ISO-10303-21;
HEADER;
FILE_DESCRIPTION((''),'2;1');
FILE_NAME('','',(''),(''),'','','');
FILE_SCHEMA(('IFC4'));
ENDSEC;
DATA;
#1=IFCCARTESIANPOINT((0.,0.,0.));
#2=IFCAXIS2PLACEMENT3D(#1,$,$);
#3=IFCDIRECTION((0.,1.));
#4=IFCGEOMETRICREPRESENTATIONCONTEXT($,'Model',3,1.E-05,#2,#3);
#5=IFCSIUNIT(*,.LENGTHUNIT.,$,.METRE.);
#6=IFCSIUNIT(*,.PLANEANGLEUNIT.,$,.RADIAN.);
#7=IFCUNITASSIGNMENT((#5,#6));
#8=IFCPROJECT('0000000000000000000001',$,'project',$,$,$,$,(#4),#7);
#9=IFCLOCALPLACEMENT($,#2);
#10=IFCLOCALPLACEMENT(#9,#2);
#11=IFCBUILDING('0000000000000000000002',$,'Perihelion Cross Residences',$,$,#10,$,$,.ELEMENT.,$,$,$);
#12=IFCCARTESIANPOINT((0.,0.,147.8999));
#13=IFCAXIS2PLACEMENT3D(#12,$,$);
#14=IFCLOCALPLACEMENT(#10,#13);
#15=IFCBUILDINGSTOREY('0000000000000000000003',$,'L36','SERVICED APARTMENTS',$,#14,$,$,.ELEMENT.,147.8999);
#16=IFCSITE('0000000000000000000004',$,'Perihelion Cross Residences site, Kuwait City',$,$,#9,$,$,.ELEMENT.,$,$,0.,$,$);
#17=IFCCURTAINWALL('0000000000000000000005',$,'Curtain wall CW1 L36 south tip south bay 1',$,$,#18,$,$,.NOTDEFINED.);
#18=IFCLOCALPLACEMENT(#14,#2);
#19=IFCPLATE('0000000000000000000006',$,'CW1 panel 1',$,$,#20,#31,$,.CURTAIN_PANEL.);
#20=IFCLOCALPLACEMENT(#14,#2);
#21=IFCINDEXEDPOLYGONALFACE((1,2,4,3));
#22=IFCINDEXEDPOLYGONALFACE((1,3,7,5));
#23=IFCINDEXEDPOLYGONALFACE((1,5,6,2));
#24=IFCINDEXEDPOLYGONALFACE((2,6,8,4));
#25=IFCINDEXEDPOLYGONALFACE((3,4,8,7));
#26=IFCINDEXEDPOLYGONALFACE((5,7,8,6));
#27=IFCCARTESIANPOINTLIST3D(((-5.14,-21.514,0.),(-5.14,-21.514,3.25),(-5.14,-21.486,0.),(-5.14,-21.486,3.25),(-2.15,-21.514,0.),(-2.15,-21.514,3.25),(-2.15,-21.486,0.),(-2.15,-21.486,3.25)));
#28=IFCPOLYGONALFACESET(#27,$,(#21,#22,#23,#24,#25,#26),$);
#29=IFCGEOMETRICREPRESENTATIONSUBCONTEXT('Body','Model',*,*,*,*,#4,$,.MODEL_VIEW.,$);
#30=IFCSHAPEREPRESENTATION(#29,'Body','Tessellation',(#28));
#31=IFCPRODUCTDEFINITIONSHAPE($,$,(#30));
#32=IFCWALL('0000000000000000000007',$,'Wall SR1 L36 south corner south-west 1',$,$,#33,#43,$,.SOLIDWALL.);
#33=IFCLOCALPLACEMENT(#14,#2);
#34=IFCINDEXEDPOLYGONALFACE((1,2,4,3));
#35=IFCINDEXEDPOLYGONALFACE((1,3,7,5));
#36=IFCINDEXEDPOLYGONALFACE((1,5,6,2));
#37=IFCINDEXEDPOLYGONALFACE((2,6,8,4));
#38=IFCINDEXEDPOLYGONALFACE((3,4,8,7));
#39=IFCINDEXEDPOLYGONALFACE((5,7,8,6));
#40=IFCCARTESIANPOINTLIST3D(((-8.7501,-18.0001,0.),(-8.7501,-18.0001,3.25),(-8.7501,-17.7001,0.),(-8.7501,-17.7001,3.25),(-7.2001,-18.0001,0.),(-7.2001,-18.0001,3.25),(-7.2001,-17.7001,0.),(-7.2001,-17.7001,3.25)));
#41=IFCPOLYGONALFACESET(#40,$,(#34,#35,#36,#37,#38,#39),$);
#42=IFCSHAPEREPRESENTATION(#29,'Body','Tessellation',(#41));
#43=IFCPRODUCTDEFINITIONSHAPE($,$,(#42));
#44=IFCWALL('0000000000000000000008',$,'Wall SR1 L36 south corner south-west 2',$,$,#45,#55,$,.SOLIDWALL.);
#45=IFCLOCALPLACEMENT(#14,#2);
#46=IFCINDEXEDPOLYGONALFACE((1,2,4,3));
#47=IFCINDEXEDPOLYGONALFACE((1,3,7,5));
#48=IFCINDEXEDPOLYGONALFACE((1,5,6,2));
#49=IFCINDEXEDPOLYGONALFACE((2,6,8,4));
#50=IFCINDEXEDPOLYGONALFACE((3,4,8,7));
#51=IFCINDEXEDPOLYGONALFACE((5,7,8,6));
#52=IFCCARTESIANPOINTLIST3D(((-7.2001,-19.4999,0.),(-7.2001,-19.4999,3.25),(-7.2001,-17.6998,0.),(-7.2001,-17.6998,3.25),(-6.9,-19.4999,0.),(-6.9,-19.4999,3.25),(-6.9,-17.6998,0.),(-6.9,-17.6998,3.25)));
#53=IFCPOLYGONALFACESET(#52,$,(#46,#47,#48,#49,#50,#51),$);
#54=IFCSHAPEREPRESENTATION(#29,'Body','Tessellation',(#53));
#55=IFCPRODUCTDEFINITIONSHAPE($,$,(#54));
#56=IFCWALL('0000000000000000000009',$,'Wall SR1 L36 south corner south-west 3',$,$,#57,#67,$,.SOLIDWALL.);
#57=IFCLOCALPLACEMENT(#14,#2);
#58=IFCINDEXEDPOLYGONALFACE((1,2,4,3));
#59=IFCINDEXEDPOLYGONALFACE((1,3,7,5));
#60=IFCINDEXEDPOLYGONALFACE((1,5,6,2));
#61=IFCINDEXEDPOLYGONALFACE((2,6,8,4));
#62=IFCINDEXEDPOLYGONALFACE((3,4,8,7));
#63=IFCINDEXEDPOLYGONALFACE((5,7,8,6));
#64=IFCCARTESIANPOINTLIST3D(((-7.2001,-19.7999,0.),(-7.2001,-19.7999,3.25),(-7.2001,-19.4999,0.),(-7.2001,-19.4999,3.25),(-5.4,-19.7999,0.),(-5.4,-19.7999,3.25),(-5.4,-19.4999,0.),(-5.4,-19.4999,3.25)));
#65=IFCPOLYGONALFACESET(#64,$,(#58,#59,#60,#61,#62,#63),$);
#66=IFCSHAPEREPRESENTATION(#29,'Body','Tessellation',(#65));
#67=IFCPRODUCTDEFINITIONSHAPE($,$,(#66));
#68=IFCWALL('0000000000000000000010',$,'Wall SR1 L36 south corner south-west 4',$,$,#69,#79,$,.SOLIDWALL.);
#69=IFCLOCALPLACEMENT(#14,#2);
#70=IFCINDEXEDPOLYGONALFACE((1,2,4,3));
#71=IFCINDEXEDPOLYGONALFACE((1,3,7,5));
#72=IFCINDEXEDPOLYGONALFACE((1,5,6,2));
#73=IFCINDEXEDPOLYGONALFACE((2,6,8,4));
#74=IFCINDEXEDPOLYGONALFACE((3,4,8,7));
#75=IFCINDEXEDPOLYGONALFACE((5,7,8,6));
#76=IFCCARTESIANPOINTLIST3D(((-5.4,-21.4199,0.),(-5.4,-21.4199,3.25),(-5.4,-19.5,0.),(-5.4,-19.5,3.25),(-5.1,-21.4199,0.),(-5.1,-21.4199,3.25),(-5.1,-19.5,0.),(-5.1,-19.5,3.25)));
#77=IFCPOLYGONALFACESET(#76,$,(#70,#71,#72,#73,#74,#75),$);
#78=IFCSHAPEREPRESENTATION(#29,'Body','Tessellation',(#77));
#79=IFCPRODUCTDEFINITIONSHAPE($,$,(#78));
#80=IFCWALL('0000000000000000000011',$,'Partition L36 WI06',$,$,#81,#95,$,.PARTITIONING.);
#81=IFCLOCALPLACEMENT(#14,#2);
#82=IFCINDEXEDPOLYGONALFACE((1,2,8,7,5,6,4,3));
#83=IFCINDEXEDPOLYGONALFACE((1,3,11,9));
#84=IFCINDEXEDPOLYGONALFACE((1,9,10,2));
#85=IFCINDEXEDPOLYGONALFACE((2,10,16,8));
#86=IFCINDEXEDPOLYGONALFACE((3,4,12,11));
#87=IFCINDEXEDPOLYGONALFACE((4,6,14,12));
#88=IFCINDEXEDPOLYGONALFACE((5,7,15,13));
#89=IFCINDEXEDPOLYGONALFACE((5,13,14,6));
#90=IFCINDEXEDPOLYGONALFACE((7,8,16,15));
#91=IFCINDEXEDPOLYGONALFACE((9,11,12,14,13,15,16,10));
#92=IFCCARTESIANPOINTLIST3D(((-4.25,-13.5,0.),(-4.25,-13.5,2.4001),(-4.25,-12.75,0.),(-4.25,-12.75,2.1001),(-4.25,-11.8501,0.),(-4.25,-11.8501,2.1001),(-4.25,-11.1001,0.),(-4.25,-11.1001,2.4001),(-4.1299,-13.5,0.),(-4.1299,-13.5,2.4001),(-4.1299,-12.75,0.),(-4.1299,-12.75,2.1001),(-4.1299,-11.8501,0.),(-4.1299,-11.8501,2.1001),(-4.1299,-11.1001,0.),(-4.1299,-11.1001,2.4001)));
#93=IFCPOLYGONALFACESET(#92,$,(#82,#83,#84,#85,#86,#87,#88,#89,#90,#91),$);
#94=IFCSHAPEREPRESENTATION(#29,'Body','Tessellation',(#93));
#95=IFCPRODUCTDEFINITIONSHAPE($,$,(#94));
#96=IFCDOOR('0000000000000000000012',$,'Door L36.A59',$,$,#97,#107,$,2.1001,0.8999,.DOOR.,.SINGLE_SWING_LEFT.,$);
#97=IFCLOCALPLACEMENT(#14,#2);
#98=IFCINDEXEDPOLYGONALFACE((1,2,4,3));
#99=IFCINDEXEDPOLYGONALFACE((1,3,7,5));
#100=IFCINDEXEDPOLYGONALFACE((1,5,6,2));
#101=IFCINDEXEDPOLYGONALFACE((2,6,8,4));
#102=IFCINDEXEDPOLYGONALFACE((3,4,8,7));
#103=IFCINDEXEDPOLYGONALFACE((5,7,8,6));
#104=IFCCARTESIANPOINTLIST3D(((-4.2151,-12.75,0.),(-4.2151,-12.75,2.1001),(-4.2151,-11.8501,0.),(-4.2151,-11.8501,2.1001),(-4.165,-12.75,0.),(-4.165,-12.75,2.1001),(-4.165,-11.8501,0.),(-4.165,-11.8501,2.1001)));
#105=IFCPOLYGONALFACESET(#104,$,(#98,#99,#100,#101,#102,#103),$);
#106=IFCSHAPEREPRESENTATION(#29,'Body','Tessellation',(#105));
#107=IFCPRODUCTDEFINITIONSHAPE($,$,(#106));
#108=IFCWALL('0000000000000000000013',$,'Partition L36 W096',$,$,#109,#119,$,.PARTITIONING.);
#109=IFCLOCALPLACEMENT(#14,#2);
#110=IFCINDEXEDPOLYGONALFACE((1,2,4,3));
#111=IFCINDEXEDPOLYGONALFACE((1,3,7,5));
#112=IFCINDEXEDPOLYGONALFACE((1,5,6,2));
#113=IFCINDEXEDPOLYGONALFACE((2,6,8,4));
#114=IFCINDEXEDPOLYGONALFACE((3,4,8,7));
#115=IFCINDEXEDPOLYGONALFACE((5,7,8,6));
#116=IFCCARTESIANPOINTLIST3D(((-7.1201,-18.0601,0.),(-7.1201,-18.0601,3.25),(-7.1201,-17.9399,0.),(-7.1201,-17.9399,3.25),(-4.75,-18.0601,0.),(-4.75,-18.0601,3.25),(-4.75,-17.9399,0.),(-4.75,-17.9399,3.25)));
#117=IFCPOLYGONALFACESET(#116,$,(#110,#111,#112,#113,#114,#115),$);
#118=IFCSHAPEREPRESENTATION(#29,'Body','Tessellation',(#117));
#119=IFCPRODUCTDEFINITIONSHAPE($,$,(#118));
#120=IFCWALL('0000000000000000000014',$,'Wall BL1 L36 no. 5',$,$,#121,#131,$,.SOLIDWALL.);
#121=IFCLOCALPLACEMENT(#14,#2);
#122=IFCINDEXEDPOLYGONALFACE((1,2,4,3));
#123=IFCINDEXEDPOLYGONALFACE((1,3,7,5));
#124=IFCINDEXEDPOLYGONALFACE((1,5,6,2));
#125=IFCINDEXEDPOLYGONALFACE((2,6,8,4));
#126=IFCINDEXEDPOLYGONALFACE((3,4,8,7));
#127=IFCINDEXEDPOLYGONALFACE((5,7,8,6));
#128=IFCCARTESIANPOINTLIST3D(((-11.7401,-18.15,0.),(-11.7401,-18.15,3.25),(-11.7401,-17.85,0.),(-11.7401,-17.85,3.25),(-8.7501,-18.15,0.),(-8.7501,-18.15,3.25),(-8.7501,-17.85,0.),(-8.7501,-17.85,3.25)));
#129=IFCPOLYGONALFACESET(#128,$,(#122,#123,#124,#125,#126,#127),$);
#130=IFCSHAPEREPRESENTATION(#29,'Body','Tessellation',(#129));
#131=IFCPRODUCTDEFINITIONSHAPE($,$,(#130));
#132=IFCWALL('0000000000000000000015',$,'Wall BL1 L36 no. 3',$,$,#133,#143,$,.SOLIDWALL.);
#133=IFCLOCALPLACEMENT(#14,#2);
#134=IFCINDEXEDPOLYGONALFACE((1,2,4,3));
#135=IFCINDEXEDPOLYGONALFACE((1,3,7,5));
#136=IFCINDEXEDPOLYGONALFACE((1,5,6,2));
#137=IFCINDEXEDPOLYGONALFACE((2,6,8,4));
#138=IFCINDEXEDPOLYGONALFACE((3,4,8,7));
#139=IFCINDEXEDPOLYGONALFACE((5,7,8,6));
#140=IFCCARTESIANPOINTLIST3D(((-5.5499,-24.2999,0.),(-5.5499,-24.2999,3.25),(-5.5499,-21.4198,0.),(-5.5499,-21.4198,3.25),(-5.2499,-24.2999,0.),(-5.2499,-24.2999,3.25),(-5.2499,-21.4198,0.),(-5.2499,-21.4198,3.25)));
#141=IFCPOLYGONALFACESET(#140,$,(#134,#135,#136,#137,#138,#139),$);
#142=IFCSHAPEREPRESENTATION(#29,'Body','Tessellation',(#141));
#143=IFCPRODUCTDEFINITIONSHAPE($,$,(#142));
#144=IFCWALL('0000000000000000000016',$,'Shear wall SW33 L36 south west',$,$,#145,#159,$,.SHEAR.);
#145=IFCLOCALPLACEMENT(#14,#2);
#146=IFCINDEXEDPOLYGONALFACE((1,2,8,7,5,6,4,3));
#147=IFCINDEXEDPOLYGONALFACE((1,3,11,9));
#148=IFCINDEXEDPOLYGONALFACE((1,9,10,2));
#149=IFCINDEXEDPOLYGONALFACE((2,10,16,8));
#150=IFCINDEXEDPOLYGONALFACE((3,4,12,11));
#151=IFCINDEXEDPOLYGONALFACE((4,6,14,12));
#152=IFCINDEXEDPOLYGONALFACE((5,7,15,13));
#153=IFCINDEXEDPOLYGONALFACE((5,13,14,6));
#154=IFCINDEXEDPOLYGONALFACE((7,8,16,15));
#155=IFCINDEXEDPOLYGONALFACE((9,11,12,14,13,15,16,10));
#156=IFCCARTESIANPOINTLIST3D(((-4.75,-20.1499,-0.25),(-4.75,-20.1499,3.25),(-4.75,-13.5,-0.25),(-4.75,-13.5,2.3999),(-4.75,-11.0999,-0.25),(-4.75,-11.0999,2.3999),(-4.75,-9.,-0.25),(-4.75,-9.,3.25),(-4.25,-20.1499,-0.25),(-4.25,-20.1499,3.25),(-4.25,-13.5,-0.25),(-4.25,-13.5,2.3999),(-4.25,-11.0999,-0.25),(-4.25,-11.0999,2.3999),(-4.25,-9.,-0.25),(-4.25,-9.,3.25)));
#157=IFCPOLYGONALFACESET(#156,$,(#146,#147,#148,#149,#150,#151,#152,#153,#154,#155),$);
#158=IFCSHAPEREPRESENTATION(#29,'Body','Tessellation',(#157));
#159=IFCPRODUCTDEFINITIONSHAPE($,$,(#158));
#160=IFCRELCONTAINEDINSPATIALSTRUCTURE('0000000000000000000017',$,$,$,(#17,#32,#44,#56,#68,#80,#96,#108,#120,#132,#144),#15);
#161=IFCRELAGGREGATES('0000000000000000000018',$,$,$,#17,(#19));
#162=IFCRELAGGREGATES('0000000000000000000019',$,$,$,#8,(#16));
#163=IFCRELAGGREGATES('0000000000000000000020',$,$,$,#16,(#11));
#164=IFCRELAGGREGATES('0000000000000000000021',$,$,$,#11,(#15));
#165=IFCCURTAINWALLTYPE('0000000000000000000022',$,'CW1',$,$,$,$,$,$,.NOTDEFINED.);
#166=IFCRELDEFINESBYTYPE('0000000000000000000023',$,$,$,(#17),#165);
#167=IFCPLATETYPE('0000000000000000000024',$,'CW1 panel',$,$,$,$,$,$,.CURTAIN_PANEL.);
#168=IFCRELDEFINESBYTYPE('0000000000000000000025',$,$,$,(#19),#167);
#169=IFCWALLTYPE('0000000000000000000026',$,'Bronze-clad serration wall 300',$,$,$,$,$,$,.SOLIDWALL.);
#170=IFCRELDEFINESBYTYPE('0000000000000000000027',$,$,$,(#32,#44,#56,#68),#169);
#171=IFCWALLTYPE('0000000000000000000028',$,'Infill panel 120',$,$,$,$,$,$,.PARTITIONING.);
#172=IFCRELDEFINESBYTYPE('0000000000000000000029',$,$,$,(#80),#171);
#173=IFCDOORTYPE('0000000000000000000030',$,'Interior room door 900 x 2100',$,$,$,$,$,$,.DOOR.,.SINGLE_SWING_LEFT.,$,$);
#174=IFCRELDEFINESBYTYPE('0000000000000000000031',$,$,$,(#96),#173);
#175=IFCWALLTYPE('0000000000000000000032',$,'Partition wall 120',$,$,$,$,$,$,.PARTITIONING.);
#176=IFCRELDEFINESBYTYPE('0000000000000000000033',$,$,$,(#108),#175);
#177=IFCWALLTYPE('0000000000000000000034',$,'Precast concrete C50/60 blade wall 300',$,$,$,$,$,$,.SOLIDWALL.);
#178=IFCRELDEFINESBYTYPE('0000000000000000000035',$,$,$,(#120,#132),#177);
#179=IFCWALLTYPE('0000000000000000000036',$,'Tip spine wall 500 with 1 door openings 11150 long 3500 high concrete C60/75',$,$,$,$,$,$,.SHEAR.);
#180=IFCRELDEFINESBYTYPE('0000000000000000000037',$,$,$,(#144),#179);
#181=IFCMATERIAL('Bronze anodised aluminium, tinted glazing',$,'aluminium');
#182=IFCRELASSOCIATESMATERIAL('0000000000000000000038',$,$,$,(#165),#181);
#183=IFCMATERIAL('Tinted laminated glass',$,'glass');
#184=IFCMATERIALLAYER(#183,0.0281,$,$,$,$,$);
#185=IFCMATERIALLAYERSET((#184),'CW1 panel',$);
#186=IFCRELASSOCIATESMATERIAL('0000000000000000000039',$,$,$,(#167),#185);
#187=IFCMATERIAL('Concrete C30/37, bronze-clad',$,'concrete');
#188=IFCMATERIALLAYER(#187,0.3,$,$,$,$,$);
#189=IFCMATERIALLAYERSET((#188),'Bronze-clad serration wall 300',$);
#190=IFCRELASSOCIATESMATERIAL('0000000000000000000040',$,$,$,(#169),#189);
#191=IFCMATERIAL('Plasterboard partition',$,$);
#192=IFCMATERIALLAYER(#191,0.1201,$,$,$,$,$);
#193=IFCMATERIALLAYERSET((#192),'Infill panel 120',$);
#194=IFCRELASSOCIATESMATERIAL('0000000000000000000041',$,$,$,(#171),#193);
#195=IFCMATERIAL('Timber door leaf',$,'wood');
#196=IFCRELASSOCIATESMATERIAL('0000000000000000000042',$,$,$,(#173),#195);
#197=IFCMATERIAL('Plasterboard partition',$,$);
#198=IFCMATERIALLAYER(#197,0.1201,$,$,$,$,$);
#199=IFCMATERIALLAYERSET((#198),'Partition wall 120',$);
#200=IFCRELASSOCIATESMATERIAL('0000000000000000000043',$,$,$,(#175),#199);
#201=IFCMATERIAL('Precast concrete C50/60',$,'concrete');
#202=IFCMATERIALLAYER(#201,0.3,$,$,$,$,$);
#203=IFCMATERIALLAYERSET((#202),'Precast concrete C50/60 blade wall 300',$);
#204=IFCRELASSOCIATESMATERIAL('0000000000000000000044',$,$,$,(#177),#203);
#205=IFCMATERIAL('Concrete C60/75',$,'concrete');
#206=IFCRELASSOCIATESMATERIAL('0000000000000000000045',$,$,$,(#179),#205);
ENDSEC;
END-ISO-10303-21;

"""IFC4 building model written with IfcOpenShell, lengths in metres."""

from ifc_helpers import new_model, si_unit, direction, frame, frame_2d, origin, origin_2d, place, context, subcontext, project, spatial, polyline, rectangle, outline, extrude, material, layer, layer_set, material_profile, profile_set, type_object, element, fill, aggregate, save


model = new_model("IFC4")

# Units and contexts
model_context = context("Model", 3, precision=1e-05, world=origin(), true_north=direction((0.0, 1.0)))
body_context = subcontext(model_context, "Body", "Model", "MODEL_VIEW")
ifc_project = project(units=[si_unit("LENGTHUNIT", "METRE"), si_unit("PLANEANGLEUNIT", "RADIAN")], contexts=[model_context])

# Site, building, storey
site_placement = place(None, origin())
site = spatial("IfcSite", under=ifc_project, at=site_placement, Name="Perihelion Cross Residences site, Kuwait City", CompositionType="ELEMENT", RefElevation=0.0)
building_placement = place(site_placement, origin())
building = spatial("IfcBuilding", under=site, at=building_placement, Name="Perihelion Cross Residences", CompositionType="ELEMENT")
storey_placement = place(building_placement, frame((0.0, 0.0, 147.8999)))
storey = spatial("IfcBuildingStorey", under=building, at=storey_placement, Name="L36", Description="SERVICED APARTMENTS", CompositionType="ELEMENT", Elevation=147.8999)

# Curtain wall
ifc_material_1 = material(Name="Bronze anodised aluminium, tinted glazing", Category="aluminium")
curtain_wall_type = type_object("IfcCurtainWallType", Name="CW1", PredefinedType="NOTDEFINED", material=ifc_material_1)
curtain_wall_1_placement = place(storey_placement, origin())
curtain_wall_1 = element("IfcCurtainWall", 1, at=curtain_wall_1_placement, inside=storey, type_object=curtain_wall_type, Name="Curtain wall CW1 L36 south tip south bay 1", PredefinedType="NOTDEFINED")

# Shared definitions
ifc_material_2 = material(Name="Tinted laminated glass", Category="glass")
ifc_layer_1 = layer(ifc_material_2, 0.0281)
ifc_layer_set_1 = layer_set([ifc_layer_1], Name="CW1 panel")
plate_type = type_object("IfcPlateType", Name="CW1 panel", PredefinedType="CURTAIN_PANEL", material=ifc_layer_set_1)

# Plate
plate_1_placement = place(storey_placement, frame((-3.645, -21.5, 0.0), z_axis=(0.0, 0.0, 1.0), x_axis=(1.0, 0.0, 0.0)))
plate_1 = element("IfcPlate", 2, at=plate_1_placement, type_object=plate_type, Name="CW1 panel 1", PredefinedType="CURTAIN_PANEL", context=body_context, shape_type="SweptSolid", body=[
    extrude(rectangle(XDim=2.99, YDim=0.0281, at=origin_2d()), origin(), (0.0, 0.0, 1.0), 3.25),
])
aggregate(curtain_wall_1, [plate_1])

# Walls
ifc_material_3 = material(Name="Concrete C30/37, bronze-clad", Category="concrete")
ifc_layer_2 = layer(ifc_material_3, 0.3)
ifc_layer_set_2 = layer_set([ifc_layer_2], Name="Bronze-clad serration wall 300")
wall_type_1 = type_object("IfcWallType", Name="Bronze-clad serration wall 300", PredefinedType="SOLIDWALL", material=ifc_layer_set_2)
wall_1_placement = place(storey_placement, frame((-8.75, -17.8501, 0.0), z_axis=(0.0, 0.0, 1.0), x_axis=(1.0, 0.0, 0.0)))
element("IfcWall", 3, at=wall_1_placement, inside=storey, type_object=wall_type_1, Name="Wall SR1 L36 south corner south-west 1", PredefinedType="SOLIDWALL", context=body_context, shape_type="SweptSolid", body=[
    extrude(rectangle(XDim=1.55, YDim=0.3, at=frame_2d((0.7749, 0.0))), origin(), (0.0, 0.0, 1.0), 3.25),
])
for number, where, z_axis, x_axis, name in (
    (4, (-7.05, -17.7, 0.0), (0.0, 0.0, 1.0), (0.0, -1.0, 0.0), "Wall SR1 L36 south corner south-west 2"),
    (5, (-7.2, -19.6499, 0.0), (0.0, 0.0, 1.0), (1.0, 0.0, 0.0), "Wall SR1 L36 south corner south-west 3"),
):
    element("IfcWall", number, at=place(storey_placement, frame(where, z_axis=z_axis, x_axis=x_axis)), inside=storey, type_object=wall_type_1, Name=name, PredefinedType="SOLIDWALL", context=body_context, shape_type="SweptSolid", body=[
        extrude(rectangle(XDim=1.8, YDim=0.3, at=frame_2d((0.8999, 0.0))), origin(), (0.0, 0.0, 1.0), 3.25),
    ])
wall_2_placement = place(storey_placement, frame((-5.25, -19.5, 0.0), z_axis=(0.0, 0.0, 1.0), x_axis=(0.0, -1.0, 0.0)))
element("IfcWall", 6, at=wall_2_placement, inside=storey, type_object=wall_type_1, Name="Wall SR1 L36 south corner south-west 4", PredefinedType="SOLIDWALL", context=body_context, shape_type="SweptSolid", body=[
    extrude(rectangle(XDim=1.9199, YDim=0.3, at=frame_2d((0.96, 0.0))), origin(), (0.0, 0.0, 1.0), 3.25),
])

# Wall, opening, door
ifc_material_4 = material(Name="Plasterboard partition")
ifc_layer_3 = layer(ifc_material_4, 0.1201)
ifc_layer_set_3 = layer_set([ifc_layer_3], Name="Infill panel 120")
wall_type_2 = type_object("IfcWallType", Name="Infill panel 120", PredefinedType="PARTITIONING", material=ifc_layer_set_3)
wall_3_placement = place(storey_placement, frame((-4.1899, -11.1001, 0.0), z_axis=(0.0, 0.0, 1.0), x_axis=(0.0, -1.0, 0.0)))
wall_3 = element("IfcWall", 7, at=wall_3_placement, inside=storey, type_object=wall_type_2, Name="Partition L36 WI06", PredefinedType="PARTITIONING", context=body_context, shape_type="SweptSolid", body=[
    extrude(rectangle(XDim=2.3999, YDim=0.1201, at=frame_2d((1.2, 0.0))), origin(), (0.0, 0.0, 1.0), 2.4001),
])
opening_1_placement = place(wall_3_placement, frame((0.75, 0.0, 0.0)))
opening_1 = element("IfcOpeningElement", 8, at=opening_1_placement, cuts=wall_3, PredefinedType="OPENING", context=body_context, shape_type="SweptSolid", body=[
    extrude(rectangle(XDim=0.8999, YDim=2.1001, at=frame_2d((0.45, 1.05))), frame((0.0, 0.0701, 0.0), z_axis=(0.0, -1.0, 0.0), x_axis=(1.0, 0.0, 0.0)), (0.0, 0.0, 1.0), 0.1401),
])
ifc_material_5 = material(Name="Timber door leaf", Category="wood")
door_type_1 = type_object("IfcDoorType", Name="Interior room door 900 x 2100", OperationType="SINGLE_SWING_LEFT", PredefinedType="DOOR", material=ifc_material_5)
door_1_placement = place(opening_1_placement, origin())
door_1 = element("IfcDoor", 9, at=door_1_placement, inside=storey, type_object=door_type_1, Name="Door L36.A59", OperationType="SINGLE_SWING_LEFT", OverallHeight=2.1001, OverallWidth=0.8999, PredefinedType="DOOR", context=body_context, shape_type="SweptSolid", body=[
    extrude(rectangle(XDim=0.8999, YDim=2.1001, at=frame_2d((0.45, 1.05))), frame((0.0, 0.0249, 0.0), z_axis=(0.0, -1.0, 0.0), x_axis=(1.0, 0.0, 0.0)), (0.0, 0.0, 1.0), 0.05),
])
fill(opening_1, door_1)

# Walls
ifc_material_6 = material(Name="Plasterboard partition")
ifc_layer_4 = layer(ifc_material_6, 0.1201)
ifc_layer_set_4 = layer_set([ifc_layer_4], Name="Partition wall 120")
wall_type_3 = type_object("IfcWallType", Name="Partition wall 120", PredefinedType="PARTITIONING", material=ifc_layer_set_4)
wall_4_placement = place(storey_placement, frame((-4.75, -18.0, 0.0), z_axis=(0.0, 0.0, 1.0), x_axis=(-1.0, 0.0, 0.0)))
element("IfcWall", 10, at=wall_4_placement, inside=storey, type_object=wall_type_3, Name="Partition L36 W096", PredefinedType="PARTITIONING", context=body_context, shape_type="SweptSolid", body=[
    extrude(rectangle(XDim=2.3701, YDim=0.1201, at=frame_2d((1.1851, 0.0))), origin(), (0.0, 0.0, 1.0), 3.25),
])
ifc_material_7 = material(Name="Precast concrete C50/60", Category="concrete")
ifc_layer_5 = layer(ifc_material_7, 0.3)
ifc_layer_set_5 = layer_set([ifc_layer_5], Name="Precast concrete C50/60 blade wall 300")
wall_type_4 = type_object("IfcWallType", Name="Precast concrete C50/60 blade wall 300", PredefinedType="SOLIDWALL", material=ifc_layer_set_5)
wall_5_placement = place(storey_placement, frame((-8.75, -18.0, 0.0), z_axis=(0.0, 0.0, 1.0), x_axis=(-1.0, 0.0, 0.0)))
element("IfcWall", 11, at=wall_5_placement, inside=storey, type_object=wall_type_4, Name="Wall BL1 L36 no. 5", PredefinedType="SOLIDWALL", context=body_context, shape_type="SweptSolid", body=[
    extrude(rectangle(XDim=2.99, YDim=0.3, at=frame_2d((1.4951, 0.0))), origin(), (0.0, 0.0, 1.0), 3.25),
])
wall_6_placement = place(storey_placement, frame((-5.3999, -21.4199, 0.0), z_axis=(0.0, 0.0, 1.0), x_axis=(0.0, -1.0, 0.0)))
element("IfcWall", 12, at=wall_6_placement, inside=storey, type_object=wall_type_4, Name="Wall BL1 L36 no. 3", PredefinedType="SOLIDWALL", context=body_context, shape_type="SweptSolid", body=[
    extrude(rectangle(XDim=2.8801, YDim=0.3, at=frame_2d((1.4399, 0.0))), origin(), (0.0, 0.0, 1.0), 3.25),
])
ifc_material_8 = material(Name="Concrete C60/75", Category="concrete")
ifc_material_profile_1 = material_profile(ifc_material_8, outline(polyline([(0.0, 0.0), (6.6499, 0.0), (6.6499, 2.6499), (9.05, 2.6499), (9.05, 0.0), (11.1499, 0.0), (11.1499, 3.5), (0.0, 3.5), (0.0, 0.0)])), Name="Tip spine wall")
ifc_profile_set_1 = profile_set([ifc_material_profile_1], Name="Concrete C60/75")
wall_type_5 = type_object("IfcWallType", Name="Tip spine wall 500 with 1 door openings 11150 long 3500 high concrete C60/75", PredefinedType="SHEAR", material=ifc_profile_set_1)
wall_7_placement = place(storey_placement, frame((-4.75, -20.1499, -0.25), z_axis=(1.0, 0.0, 0.0), x_axis=(0.0, 1.0, 0.0)))
element("IfcWall", 13, at=wall_7_placement, inside=storey, type_object=wall_type_5, Name="Shear wall SW33 L36 south west", PredefinedType="SHEAR", context=body_context, shape_type="SweptSolid", body=[
    extrude(outline(polyline([(0.0, 0.0), (6.6499, 0.0), (6.6499, 2.6499), (9.05, 2.6499), (9.05, 0.0), (11.1499, 0.0), (11.1499, 3.5), (0.0, 3.5), (0.0, 0.0)])), origin(), (0.0, 0.0, 1.0), 0.5),
])

save(model, "model.ifc")
